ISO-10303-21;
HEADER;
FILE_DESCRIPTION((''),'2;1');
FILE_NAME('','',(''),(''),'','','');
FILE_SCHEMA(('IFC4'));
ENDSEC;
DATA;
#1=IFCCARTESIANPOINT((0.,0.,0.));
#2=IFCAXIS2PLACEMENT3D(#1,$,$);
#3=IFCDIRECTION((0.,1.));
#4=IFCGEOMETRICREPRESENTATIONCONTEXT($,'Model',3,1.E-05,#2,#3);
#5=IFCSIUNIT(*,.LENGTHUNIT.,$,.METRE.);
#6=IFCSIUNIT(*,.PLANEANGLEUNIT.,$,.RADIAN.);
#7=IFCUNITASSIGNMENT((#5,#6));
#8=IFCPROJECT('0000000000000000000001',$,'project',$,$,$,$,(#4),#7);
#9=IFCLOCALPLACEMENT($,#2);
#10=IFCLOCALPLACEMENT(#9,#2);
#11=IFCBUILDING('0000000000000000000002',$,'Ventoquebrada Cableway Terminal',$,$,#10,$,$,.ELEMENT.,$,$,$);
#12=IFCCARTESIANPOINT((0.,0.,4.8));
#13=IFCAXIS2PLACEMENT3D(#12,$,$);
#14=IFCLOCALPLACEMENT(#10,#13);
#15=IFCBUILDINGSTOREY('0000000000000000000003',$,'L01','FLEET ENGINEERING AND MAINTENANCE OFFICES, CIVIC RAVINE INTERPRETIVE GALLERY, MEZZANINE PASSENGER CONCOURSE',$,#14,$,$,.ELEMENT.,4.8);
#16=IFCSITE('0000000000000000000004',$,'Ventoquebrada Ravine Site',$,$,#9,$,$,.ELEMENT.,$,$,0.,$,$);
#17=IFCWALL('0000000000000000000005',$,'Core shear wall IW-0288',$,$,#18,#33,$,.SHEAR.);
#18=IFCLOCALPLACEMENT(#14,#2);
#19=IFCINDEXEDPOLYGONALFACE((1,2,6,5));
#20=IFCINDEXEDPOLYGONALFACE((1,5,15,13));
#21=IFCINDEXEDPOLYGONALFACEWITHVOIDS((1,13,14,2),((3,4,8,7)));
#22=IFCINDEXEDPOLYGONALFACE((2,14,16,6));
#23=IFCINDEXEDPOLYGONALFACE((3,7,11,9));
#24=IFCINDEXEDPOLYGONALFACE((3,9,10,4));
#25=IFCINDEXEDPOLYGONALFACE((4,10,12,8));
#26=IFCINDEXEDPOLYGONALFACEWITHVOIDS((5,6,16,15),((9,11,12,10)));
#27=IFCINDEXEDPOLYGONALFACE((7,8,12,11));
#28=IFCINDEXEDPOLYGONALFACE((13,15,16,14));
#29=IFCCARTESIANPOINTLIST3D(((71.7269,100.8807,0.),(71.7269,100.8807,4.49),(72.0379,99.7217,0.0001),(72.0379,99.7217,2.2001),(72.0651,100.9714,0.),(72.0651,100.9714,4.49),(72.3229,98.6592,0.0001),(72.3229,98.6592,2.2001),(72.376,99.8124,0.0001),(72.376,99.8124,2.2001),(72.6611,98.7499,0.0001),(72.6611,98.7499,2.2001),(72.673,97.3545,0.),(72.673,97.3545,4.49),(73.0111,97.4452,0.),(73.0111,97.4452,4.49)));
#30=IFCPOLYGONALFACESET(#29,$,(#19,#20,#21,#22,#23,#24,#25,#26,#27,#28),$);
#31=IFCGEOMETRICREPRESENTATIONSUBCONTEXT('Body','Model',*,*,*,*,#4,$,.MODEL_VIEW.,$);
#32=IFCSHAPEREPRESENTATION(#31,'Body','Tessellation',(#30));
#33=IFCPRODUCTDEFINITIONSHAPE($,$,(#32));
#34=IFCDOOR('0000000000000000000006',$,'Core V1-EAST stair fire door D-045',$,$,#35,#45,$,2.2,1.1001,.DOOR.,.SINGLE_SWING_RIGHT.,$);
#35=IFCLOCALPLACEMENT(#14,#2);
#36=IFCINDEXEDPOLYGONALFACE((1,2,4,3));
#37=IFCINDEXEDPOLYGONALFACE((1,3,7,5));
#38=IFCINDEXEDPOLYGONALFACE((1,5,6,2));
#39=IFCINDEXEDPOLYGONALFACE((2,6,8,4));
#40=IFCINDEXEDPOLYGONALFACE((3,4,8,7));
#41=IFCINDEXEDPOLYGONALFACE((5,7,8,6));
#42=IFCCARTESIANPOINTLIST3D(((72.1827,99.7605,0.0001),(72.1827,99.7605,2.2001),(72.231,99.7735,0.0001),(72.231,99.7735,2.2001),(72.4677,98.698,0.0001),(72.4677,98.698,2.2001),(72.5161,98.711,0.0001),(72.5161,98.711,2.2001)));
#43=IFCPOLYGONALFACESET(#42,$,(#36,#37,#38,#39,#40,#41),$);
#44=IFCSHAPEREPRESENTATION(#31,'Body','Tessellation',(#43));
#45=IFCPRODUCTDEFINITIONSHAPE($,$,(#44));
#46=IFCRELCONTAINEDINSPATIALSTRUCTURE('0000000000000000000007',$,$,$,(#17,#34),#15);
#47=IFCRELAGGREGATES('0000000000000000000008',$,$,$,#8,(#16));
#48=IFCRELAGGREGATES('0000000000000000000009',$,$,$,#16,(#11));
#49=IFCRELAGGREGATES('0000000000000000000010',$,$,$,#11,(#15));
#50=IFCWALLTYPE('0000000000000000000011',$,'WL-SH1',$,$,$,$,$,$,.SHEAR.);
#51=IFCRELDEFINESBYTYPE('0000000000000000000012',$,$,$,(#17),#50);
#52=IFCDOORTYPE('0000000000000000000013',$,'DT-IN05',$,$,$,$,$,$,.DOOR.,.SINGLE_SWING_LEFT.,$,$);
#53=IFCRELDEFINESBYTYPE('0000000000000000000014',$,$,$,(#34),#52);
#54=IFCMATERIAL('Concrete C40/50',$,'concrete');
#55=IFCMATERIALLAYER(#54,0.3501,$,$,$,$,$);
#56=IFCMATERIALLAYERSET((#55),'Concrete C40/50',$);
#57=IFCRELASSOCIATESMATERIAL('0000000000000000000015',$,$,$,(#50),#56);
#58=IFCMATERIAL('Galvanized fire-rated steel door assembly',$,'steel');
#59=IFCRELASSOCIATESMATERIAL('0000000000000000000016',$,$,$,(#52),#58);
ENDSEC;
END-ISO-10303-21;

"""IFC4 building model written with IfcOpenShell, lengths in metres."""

from ifc_helpers import new_model, si_unit, direction, frame, frame_2d, origin, place, context, subcontext, project, spatial, rectangle, extrude, material, layer, layer_set, type_object, element, fill, save


model = new_model("IFC4")

# Units and contexts
model_context = context("Model", 3, precision=1e-05, world=origin(), true_north=direction((0.0, 1.0)))
body_context = subcontext(model_context, "Body", "Model", "MODEL_VIEW")
ifc_project = project(units=[si_unit("LENGTHUNIT", "METRE"), si_unit("PLANEANGLEUNIT", "RADIAN")], contexts=[model_context])

# Site, building, storey
site_placement = place(None, origin())
site = spatial("IfcSite", under=ifc_project, at=site_placement, Name="Ventoquebrada Ravine Site", CompositionType="ELEMENT", RefElevation=0.0)
building_placement = place(site_placement, origin())
building = spatial("IfcBuilding", under=site, at=building_placement, Name="Ventoquebrada Cableway Terminal", CompositionType="ELEMENT")
storey_placement = place(building_placement, frame((0.0, 0.0, 4.8)))
storey = spatial("IfcBuildingStorey", under=building, at=storey_placement, Name="L01", Description="FLEET ENGINEERING AND MAINTENANCE OFFICES, CIVIC RAVINE INTERPRETIVE GALLERY, MEZZANINE PASSENGER CONCOURSE", CompositionType="ELEMENT", Elevation=4.8)

# Wall, opening, door
ifc_material_1 = material(Name="Concrete C40/50", Category="concrete")
ifc_layer_1 = layer(ifc_material_1, 0.3501)
ifc_layer_set_1 = layer_set([ifc_layer_1], Name="Concrete C40/50")
wall_type = type_object("IfcWallType", Name="WL-SH1", PredefinedType="SHEAR", material=ifc_layer_set_1)
wall_placement = place(storey_placement, frame((71.896, 100.926, 0.0), z_axis=(0.0, 0.0, 1.0), x_axis=(0.259132, -0.965842, 0.0)))
wall = element("IfcWall", 1, at=wall_placement, inside=storey, type_object=wall_type, Name="Core shear wall IW-0288", PredefinedType="SHEAR", context=body_context, shape_type="SweptSolid", body=[
    extrude(rectangle(XDim=3.6509, YDim=0.3501, at=frame_2d((1.8254, 0.0))), origin(), (0.0, 0.0, 1.0), 4.49),
])
opening_placement = place(wall_placement, frame((1.2, 0.0, 0.0)))
opening = element("IfcOpeningElement", 2, at=opening_placement, cuts=wall, PredefinedType="OPENING", context=body_context, shape_type="SweptSolid", body=[
    extrude(rectangle(XDim=1.1001, YDim=2.2, at=frame_2d((0.55, 1.1001))), frame((0.0, 0.1851, 0.0), z_axis=(0.0, -1.0, 0.0), x_axis=(1.0, 0.0, 0.0)), (0.0, 0.0, 1.0), 0.3701),
])
ifc_material_2 = material(Name="Galvanized fire-rated steel door assembly", Category="steel")
door_type = type_object("IfcDoorType", Name="DT-IN05", OperationType="SINGLE_SWING_LEFT", PredefinedType="DOOR", material=ifc_material_2)
door_placement = place(opening_placement, origin())
door = element("IfcDoor", 3, at=door_placement, inside=storey, type_object=door_type, Name="Core V1-EAST stair fire door D-045", OperationType="SINGLE_SWING_RIGHT", OverallHeight=2.2, OverallWidth=1.1001, PredefinedType="DOOR", context=body_context, shape_type="SweptSolid", body=[
    extrude(rectangle(XDim=1.1001, YDim=2.2, at=frame_2d((0.55, 1.1001))), frame((0.0, 0.0249, 0.0), z_axis=(0.0, -1.0, 0.0), x_axis=(1.0, 0.0, 0.0)), (0.0, 0.0, 1.0), 0.05),
])
fill(opening, door)

save(model, "model.ifc")
